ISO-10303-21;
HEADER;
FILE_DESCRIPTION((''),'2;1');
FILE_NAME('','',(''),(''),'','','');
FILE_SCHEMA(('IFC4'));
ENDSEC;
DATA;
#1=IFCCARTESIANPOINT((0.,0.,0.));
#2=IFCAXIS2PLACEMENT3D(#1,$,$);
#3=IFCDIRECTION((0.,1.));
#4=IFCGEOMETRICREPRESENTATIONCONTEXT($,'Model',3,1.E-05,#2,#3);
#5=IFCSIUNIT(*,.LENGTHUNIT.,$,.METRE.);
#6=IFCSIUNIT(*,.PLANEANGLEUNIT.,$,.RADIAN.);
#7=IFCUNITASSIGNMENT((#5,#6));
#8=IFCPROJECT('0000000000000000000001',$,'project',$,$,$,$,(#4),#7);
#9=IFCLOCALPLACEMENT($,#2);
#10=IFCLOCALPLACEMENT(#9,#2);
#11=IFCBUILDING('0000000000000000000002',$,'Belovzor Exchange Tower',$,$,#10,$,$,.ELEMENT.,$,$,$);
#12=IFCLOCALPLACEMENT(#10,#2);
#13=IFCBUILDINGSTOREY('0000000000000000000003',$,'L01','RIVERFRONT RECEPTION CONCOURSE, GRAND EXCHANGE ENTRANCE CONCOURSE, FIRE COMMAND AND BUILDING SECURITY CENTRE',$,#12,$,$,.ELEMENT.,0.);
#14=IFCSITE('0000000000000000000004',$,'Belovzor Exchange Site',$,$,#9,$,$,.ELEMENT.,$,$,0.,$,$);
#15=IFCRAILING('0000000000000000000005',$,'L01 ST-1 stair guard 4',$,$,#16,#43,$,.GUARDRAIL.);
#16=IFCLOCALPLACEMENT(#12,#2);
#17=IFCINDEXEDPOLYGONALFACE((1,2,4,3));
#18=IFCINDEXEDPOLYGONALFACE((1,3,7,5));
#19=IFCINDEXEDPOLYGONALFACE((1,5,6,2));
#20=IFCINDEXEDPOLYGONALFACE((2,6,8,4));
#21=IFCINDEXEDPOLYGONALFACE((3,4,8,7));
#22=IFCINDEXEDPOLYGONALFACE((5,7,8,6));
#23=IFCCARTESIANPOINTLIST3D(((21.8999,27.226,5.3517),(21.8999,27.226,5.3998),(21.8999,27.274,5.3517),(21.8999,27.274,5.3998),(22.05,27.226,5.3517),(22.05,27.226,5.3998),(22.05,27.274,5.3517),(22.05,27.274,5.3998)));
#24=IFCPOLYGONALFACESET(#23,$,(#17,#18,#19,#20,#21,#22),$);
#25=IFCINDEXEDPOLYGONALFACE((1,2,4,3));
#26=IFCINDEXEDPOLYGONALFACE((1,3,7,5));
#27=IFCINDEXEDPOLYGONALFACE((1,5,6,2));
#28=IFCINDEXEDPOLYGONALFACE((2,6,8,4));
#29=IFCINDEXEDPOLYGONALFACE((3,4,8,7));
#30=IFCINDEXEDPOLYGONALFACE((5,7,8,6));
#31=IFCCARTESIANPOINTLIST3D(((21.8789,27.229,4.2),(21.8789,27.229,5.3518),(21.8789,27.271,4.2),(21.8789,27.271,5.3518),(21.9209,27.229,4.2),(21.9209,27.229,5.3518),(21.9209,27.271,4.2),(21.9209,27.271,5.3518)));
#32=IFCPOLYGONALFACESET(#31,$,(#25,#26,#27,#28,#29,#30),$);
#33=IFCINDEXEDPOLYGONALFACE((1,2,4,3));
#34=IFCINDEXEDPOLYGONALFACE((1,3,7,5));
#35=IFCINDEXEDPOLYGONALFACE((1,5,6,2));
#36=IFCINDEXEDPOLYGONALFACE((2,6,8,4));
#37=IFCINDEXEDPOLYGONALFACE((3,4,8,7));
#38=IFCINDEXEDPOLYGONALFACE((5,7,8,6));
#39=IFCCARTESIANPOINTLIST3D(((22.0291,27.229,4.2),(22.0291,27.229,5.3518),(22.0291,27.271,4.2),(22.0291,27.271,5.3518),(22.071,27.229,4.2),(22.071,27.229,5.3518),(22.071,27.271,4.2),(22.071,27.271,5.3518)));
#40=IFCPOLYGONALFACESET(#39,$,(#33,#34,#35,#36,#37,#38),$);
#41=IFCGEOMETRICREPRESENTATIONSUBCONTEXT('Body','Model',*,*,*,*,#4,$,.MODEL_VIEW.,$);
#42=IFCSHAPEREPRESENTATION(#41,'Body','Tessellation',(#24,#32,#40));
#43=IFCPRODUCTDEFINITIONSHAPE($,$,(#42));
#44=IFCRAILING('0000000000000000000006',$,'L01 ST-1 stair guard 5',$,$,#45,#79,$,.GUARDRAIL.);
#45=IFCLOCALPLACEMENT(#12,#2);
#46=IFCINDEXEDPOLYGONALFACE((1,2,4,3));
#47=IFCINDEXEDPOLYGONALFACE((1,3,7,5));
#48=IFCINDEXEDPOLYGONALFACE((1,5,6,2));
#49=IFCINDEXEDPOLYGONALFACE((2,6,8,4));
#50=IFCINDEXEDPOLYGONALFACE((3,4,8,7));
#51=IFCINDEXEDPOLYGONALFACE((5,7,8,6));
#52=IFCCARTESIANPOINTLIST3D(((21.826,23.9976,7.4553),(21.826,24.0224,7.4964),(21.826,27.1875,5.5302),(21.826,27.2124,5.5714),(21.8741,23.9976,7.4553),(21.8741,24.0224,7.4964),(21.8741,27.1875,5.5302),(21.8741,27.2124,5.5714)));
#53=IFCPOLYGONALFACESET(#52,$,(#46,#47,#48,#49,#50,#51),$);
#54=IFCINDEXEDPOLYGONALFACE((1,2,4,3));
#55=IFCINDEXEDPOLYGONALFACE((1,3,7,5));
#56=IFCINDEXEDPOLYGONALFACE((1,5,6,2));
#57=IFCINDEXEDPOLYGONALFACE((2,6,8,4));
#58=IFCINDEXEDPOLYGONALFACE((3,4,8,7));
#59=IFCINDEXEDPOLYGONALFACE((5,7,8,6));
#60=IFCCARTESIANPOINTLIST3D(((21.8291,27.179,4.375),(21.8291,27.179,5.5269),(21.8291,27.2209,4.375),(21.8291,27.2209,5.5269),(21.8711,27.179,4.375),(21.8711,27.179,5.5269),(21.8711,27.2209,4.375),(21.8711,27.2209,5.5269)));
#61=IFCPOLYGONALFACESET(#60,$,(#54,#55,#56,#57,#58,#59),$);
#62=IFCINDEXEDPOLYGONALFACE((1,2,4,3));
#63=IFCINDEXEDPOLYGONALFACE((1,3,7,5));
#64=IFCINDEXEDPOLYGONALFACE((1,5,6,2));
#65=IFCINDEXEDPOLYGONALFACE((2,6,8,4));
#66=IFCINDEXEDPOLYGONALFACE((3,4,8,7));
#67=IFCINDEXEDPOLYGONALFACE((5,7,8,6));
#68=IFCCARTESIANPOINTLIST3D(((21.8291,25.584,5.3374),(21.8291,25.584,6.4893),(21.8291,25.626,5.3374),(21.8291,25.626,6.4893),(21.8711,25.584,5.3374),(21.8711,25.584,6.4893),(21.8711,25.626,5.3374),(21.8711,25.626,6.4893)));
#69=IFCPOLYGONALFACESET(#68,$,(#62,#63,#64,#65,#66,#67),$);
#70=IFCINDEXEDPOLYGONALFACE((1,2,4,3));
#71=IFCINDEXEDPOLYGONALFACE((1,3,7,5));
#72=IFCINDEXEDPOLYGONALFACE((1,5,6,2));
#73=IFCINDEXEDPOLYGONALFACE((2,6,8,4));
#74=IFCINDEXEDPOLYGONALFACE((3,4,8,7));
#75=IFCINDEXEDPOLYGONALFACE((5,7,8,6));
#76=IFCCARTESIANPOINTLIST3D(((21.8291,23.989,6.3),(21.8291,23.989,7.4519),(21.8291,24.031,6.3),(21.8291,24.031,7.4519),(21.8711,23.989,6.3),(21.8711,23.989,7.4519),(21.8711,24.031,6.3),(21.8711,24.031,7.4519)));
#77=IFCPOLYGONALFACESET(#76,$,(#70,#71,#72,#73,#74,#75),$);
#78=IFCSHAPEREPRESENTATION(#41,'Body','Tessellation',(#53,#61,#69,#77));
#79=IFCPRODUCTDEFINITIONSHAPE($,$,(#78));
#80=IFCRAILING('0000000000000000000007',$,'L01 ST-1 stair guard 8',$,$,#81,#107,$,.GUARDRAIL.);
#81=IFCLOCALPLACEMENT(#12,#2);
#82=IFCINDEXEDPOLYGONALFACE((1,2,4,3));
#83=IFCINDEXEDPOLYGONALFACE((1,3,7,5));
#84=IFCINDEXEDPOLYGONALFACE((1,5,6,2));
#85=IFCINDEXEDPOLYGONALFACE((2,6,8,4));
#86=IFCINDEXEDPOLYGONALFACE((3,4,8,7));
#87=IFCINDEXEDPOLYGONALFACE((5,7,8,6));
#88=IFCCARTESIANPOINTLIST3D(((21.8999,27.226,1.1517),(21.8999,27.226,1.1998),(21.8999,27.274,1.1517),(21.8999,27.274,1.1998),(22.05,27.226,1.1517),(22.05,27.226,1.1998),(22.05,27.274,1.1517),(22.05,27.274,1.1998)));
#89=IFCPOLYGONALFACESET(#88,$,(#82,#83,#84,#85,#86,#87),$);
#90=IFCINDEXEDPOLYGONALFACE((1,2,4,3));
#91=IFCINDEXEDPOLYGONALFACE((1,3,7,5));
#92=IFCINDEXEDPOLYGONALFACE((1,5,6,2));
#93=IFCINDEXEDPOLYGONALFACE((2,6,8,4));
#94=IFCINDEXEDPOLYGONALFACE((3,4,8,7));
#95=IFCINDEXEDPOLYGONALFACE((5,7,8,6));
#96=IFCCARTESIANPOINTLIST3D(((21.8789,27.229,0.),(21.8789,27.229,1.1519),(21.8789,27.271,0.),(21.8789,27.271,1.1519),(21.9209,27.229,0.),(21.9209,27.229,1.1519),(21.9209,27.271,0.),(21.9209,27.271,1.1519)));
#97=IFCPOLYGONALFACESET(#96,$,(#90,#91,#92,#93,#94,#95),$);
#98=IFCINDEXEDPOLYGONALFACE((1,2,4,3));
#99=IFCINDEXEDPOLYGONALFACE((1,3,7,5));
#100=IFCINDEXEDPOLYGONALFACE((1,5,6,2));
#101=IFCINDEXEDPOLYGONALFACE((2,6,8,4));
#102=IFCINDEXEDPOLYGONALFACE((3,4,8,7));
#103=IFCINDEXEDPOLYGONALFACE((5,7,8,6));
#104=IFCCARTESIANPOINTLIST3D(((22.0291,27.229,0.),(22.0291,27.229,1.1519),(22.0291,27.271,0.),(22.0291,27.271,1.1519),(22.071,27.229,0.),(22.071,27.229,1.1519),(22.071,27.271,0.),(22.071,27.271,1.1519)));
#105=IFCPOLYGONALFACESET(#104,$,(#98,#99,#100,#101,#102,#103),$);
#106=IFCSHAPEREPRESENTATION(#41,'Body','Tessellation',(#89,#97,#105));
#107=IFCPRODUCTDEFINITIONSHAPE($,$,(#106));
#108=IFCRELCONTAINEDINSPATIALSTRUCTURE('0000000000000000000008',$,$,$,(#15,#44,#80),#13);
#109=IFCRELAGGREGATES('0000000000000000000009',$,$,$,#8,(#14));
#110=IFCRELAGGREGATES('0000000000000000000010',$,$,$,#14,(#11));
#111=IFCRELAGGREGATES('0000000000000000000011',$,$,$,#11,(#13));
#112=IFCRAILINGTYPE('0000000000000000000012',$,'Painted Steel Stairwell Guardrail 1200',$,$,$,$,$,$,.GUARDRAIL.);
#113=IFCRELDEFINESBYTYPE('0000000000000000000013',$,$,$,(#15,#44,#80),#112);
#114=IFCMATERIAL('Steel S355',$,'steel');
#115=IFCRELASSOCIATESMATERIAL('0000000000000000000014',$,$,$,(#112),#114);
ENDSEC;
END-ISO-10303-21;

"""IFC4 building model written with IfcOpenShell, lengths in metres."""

from ifc_helpers import new_model, si_unit, direction, frame, origin, origin_2d, place, context, subcontext, project, spatial, rectangle, extrude, material, type_object, element, save


model = new_model("IFC4")

# Units and contexts
model_context = context("Model", 3, precision=1e-05, world=origin(), true_north=direction((0.0, 1.0)))
body_context = subcontext(model_context, "Body", "Model", "MODEL_VIEW")
ifc_project = project(units=[si_unit("LENGTHUNIT", "METRE"), si_unit("PLANEANGLEUNIT", "RADIAN")], contexts=[model_context])

# Site, building, storey
site_placement = place(None, origin())
site = spatial("IfcSite", under=ifc_project, at=site_placement, Name="Belovzor Exchange Site", CompositionType="ELEMENT", RefElevation=0.0)
building_placement = place(site_placement, origin())
building = spatial("IfcBuilding", under=site, at=building_placement, Name="Belovzor Exchange Tower", CompositionType="ELEMENT")
storey_placement = place(building_placement, origin())
storey = spatial("IfcBuildingStorey", under=building, at=storey_placement, Name="L01", Description="RIVERFRONT RECEPTION CONCOURSE, GRAND EXCHANGE ENTRANCE CONCOURSE, FIRE COMMAND AND BUILDING SECURITY CENTRE", CompositionType="ELEMENT", Elevation=0.0)

# Railings
ifc_material_1 = material(Name="Steel S355", Category="steel")
railing_type_1 = type_object("IfcRailingType", Name="Painted Steel Stairwell Guardrail 1200", PredefinedType="GUARDRAIL", material=ifc_material_1)
railing_1_placement = place(storey_placement, frame((21.8999, 27.25, 4.2)))
element("IfcRailing", 1, at=railing_1_placement, inside=storey, type_object=railing_type_1, Name="L01 ST-1 stair guard 4", PredefinedType="GUARDRAIL", context=body_context, shape_type="SweptSolid", body=[
    extrude(rectangle(XDim=0.0481, YDim=0.0481, at=origin_2d()), frame((0.0, 0.0, 1.1758), z_axis=(1.0, 0.0, 0.0), x_axis=(0.0, 1.0, 0.0)), (0.0, 0.0, 1.0), 0.1501),
    extrude(rectangle(XDim=0.042, YDim=0.042, at=origin_2d()), origin(), (0.0, 0.0, 1.0), 1.1519),
    extrude(rectangle(XDim=0.042, YDim=0.042, at=origin_2d()), frame((0.1501, 0.0, 0.0)), (0.0, 0.0, 1.0), 1.1519),
])
railing_2_placement = place(storey_placement, frame((21.8501, 27.2, 4.375)))
element("IfcRailing", 2, at=railing_2_placement, inside=storey, type_object=railing_type_1, Name="L01 ST-1 stair guard 5", PredefinedType="GUARDRAIL", context=body_context, shape_type="SweptSolid", body=[
    extrude(rectangle(XDim=0.0481, YDim=0.0481, at=origin_2d()), frame((0.0, 0.0, 1.1758), z_axis=(0.0, -0.856178, 0.516682), x_axis=(1.0, 0.0, 0.0)), (0.0, 0.0, 1.0), 3.7258),
    extrude(rectangle(XDim=0.042, YDim=0.042, at=origin_2d()), origin(), (0.0, 0.0, 1.0), 1.1519),
    extrude(rectangle(XDim=0.042, YDim=0.042, at=origin_2d()), frame((0.0, -1.595, 0.9624)), (0.0, 0.0, 1.0), 1.1519),
    extrude(rectangle(XDim=0.042, YDim=0.042, at=origin_2d()), frame((0.0, -3.1899, 1.925)), (0.0, 0.0, 1.0), 1.1519),
])
railing_3_placement = place(storey_placement, frame((21.8999, 27.25, 0.0)))
element("IfcRailing", 3, at=railing_3_placement, inside=storey, type_object=railing_type_1, Name="L01 ST-1 stair guard 8", PredefinedType="GUARDRAIL", context=body_context, shape_type="SweptSolid", body=[
    extrude(rectangle(XDim=0.0481, YDim=0.0481, at=origin_2d()), frame((0.0, 0.0, 1.1758), z_axis=(1.0, 0.0, 0.0), x_axis=(0.0, 1.0, 0.0)), (0.0, 0.0, 1.0), 0.1501),
    extrude(rectangle(XDim=0.042, YDim=0.042, at=origin_2d()), origin(), (0.0, 0.0, 1.0), 1.1519),
    extrude(rectangle(XDim=0.042, YDim=0.042, at=origin_2d()), frame((0.1501, 0.0, 0.0)), (0.0, 0.0, 1.0), 1.1519),
])

save(model, "model.ifc")
